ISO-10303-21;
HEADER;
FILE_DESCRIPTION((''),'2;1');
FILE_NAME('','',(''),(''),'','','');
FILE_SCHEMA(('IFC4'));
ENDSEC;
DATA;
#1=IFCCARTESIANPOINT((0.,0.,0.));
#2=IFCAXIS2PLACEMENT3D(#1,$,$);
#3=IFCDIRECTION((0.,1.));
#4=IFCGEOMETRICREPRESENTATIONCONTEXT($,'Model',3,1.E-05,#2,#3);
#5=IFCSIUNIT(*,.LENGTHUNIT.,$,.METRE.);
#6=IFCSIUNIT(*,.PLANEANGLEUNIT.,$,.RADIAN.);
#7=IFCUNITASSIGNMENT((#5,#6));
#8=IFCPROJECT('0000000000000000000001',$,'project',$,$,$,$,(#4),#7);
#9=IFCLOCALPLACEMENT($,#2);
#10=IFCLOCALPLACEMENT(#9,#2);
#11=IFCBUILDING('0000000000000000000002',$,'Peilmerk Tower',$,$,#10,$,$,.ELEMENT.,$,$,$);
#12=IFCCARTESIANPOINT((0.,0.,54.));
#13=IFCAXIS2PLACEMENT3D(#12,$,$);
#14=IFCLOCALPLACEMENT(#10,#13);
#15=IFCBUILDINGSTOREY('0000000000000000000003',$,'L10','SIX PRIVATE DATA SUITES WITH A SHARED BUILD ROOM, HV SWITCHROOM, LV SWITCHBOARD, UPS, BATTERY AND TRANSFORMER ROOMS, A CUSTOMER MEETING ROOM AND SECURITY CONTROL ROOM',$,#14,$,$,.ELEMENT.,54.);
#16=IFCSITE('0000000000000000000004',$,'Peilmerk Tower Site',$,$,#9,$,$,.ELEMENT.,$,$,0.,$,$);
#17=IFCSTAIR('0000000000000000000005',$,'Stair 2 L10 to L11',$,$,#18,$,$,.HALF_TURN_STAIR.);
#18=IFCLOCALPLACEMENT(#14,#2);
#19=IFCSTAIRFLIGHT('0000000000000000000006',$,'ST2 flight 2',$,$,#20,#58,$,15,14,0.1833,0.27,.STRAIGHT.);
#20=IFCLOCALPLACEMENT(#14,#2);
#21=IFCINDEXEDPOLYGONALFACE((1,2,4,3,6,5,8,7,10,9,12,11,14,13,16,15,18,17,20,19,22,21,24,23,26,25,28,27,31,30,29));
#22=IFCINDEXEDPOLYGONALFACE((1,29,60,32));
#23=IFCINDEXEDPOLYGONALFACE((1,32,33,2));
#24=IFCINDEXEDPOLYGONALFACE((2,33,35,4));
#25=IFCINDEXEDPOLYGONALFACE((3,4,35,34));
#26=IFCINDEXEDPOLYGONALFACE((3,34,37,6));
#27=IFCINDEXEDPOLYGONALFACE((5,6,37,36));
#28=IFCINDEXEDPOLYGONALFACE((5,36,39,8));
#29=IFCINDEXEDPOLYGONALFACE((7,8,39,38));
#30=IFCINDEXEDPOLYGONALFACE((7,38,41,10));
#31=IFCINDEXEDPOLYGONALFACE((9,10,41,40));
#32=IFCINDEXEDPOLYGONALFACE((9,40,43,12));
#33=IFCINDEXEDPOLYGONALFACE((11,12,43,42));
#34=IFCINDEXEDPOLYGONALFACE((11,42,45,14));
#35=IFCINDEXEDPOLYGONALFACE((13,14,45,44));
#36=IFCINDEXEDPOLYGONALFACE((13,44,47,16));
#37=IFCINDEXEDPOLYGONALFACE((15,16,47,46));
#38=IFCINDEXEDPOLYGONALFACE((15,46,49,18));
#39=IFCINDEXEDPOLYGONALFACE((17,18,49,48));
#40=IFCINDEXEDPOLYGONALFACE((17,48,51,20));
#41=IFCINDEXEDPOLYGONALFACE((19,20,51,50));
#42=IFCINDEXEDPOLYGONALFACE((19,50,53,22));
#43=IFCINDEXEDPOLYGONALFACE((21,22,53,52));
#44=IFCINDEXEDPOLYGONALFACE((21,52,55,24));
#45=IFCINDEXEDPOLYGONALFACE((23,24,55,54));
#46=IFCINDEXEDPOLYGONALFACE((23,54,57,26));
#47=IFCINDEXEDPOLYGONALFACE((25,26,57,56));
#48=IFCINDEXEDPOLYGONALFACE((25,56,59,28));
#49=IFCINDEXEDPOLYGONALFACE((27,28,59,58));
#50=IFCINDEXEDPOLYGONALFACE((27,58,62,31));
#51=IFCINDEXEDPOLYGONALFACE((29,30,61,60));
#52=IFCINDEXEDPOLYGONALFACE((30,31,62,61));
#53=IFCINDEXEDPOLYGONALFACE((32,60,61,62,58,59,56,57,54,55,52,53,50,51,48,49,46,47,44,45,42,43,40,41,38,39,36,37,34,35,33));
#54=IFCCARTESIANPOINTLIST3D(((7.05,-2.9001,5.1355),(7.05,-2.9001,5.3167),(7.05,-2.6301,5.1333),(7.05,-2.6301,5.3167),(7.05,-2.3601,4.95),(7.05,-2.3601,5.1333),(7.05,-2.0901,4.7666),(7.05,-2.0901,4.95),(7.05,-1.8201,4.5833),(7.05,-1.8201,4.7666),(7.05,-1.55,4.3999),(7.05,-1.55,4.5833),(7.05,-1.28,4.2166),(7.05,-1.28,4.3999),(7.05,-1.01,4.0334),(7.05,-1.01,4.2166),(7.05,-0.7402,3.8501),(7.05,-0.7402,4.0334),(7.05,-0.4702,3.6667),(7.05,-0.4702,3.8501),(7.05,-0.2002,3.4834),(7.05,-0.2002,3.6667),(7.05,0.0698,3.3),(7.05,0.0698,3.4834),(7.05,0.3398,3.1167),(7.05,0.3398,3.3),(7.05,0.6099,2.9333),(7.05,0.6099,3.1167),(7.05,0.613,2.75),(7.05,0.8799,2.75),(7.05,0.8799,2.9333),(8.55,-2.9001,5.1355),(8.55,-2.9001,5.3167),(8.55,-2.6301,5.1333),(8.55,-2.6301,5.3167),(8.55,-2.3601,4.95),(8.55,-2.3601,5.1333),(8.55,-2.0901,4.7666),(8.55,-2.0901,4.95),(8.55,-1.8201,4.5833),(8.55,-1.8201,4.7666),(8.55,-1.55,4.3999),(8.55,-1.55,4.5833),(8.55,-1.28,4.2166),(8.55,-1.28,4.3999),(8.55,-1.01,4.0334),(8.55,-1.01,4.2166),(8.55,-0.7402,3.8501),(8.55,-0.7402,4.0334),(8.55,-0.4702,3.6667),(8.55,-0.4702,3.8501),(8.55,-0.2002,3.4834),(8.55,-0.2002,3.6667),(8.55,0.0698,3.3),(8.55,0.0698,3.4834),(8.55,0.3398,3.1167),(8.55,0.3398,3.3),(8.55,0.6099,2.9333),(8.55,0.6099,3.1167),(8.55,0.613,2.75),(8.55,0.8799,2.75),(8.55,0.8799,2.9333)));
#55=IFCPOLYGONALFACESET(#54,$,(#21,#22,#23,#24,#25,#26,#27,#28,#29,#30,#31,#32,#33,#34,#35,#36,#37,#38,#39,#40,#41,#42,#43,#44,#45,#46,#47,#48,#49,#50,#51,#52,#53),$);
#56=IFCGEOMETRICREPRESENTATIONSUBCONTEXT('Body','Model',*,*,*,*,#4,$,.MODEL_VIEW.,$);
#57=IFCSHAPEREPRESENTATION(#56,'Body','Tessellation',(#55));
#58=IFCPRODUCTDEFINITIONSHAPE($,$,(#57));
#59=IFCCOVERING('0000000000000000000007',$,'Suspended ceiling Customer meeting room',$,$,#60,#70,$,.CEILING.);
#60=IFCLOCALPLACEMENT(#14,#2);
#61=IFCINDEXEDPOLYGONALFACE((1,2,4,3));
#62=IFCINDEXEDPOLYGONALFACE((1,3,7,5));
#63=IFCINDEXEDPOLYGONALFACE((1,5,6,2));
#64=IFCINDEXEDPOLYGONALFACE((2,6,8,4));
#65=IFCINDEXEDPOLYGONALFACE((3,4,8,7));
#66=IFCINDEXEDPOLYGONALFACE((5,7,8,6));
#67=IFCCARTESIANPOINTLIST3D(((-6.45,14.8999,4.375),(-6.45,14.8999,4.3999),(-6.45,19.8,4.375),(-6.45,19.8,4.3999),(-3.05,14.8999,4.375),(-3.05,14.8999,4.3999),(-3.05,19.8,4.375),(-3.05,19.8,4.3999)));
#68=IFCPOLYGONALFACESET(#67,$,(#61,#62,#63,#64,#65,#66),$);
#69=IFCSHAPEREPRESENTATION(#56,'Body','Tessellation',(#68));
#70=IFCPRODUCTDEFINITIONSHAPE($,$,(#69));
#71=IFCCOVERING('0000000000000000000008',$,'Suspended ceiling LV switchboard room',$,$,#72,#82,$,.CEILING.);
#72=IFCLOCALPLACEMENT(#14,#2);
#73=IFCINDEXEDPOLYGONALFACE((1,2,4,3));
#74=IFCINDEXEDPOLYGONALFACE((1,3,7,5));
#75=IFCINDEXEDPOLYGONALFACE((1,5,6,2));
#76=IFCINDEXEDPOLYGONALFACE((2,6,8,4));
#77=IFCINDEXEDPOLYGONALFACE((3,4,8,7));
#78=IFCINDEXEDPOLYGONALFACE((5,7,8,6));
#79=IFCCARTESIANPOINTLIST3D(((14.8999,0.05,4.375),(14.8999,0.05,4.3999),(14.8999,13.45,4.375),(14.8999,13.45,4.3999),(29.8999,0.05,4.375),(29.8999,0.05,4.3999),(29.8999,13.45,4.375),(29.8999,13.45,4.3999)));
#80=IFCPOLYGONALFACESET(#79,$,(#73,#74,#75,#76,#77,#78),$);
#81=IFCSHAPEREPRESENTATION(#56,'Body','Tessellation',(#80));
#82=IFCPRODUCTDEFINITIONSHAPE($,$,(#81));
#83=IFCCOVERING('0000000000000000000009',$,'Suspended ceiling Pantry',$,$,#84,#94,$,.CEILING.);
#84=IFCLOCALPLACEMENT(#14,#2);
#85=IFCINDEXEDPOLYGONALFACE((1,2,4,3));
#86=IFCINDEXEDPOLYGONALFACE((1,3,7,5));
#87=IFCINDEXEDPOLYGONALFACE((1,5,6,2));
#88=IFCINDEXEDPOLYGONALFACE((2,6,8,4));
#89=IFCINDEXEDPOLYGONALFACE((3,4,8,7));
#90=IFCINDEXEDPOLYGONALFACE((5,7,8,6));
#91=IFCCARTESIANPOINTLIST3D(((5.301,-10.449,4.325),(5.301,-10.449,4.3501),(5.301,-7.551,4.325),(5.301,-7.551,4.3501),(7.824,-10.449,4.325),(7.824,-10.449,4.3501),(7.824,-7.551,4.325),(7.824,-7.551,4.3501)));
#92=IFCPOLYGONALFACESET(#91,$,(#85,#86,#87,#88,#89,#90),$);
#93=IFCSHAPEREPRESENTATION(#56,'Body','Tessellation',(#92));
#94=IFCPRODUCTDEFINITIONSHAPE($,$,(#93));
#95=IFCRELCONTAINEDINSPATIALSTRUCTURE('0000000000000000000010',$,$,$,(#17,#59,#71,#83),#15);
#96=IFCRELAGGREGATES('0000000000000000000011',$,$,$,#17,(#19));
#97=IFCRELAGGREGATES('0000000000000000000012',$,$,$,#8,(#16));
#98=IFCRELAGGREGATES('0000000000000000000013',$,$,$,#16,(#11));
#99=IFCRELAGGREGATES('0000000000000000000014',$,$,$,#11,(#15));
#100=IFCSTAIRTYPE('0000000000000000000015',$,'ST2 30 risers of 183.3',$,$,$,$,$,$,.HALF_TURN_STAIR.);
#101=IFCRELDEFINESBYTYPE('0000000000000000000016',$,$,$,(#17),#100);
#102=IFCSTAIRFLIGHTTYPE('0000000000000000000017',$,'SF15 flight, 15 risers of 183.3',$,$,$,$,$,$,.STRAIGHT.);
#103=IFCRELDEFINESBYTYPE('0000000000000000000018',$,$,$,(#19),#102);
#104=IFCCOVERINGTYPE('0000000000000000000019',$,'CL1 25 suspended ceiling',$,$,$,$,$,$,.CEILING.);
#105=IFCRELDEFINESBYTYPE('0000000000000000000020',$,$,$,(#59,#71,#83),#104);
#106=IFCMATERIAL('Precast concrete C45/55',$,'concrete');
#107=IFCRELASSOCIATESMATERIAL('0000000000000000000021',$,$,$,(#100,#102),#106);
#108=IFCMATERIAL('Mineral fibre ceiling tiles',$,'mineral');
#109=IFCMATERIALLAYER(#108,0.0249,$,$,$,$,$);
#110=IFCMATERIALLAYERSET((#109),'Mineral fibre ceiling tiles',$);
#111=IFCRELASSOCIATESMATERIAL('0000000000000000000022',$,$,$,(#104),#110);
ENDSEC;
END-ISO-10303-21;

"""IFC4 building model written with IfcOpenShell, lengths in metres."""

from ifc_helpers import new_model, si_unit, direction, frame, origin, place, context, subcontext, project, spatial, polyline, outline, extrude, material, layer, layer_set, type_object, element, aggregate, save


model = new_model("IFC4")

# Units and contexts
model_context = context("Model", 3, precision=1e-05, world=origin(), true_north=direction((0.0, 1.0)))
body_context = subcontext(model_context, "Body", "Model", "MODEL_VIEW")
ifc_project = project(units=[si_unit("LENGTHUNIT", "METRE"), si_unit("PLANEANGLEUNIT", "RADIAN")], contexts=[model_context])

# Site, building, storey
site_placement = place(None, origin())
site = spatial("IfcSite", under=ifc_project, at=site_placement, Name="Peilmerk Tower Site", CompositionType="ELEMENT", RefElevation=0.0)
building_placement = place(site_placement, origin())
building = spatial("IfcBuilding", under=site, at=building_placement, Name="Peilmerk Tower", CompositionType="ELEMENT")
storey_placement = place(building_placement, frame((0.0, 0.0, 54.0)))
storey = spatial("IfcBuildingStorey", under=building, at=storey_placement, Name="L10", Description="SIX PRIVATE DATA SUITES WITH A SHARED BUILD ROOM, HV SWITCHROOM, LV SWITCHBOARD, UPS, BATTERY AND TRANSFORMER ROOMS, A CUSTOMER MEETING ROOM AND SECURITY CONTROL ROOM", CompositionType="ELEMENT", Elevation=54.0)

# Stair, stair flight
ifc_material_1 = material(Name="Precast concrete C45/55", Category="concrete")
stair_type = type_object("IfcStairType", Name="ST2 30 risers of 183.3", PredefinedType="HALF_TURN_STAIR", material=ifc_material_1)
stair_placement = place(storey_placement, origin())
stair = element("IfcStair", 1, at=stair_placement, inside=storey, type_object=stair_type, Name="Stair 2 L10 to L11", PredefinedType="HALF_TURN_STAIR")
stair_flight_type = type_object("IfcStairFlightType", Name="SF15 flight, 15 risers of 183.3", PredefinedType="STRAIGHT", material=ifc_material_1)
stair_flight_placement = place(storey_placement, frame((7.8, 0.8799, 2.75), z_axis=(0.0, 0.0, 1.0), x_axis=(0.0, -1.0, 0.0)))
stair_flight = element("IfcStairFlight", 2, at=stair_flight_placement, type_object=stair_flight_type, Name="ST2 flight 2", NumberOfRisers=15, NumberOfTreads=14, PredefinedType="STRAIGHT", RiserHeight=0.1833, TreadLength=0.27, context=body_context, shape_type="SweptSolid", body=[
    extrude(outline(polyline([(0.0, 0.0), (0.0, 0.1833), (0.27, 0.1833), (0.27, 0.3667), (0.54, 0.3667), (0.54, 0.55), (0.8101, 0.55), (0.8101, 0.7334), (1.0801, 0.7334), (1.0801, 0.9167), (1.3501, 0.9167), (1.3501, 1.1001), (1.6201, 1.1001), (1.6201, 1.2834), (1.8899, 1.2834), (1.8899, 1.4666), (2.1599, 1.4666), (2.1599, 1.6499), (2.4299, 1.6499), (2.4299, 1.8333), (2.7, 1.8333), (2.7, 2.0166), (2.97, 2.0166), (2.97, 2.2), (3.24, 2.2), (3.24, 2.3833), (3.51, 2.3833), (3.51, 2.5667), (3.78, 2.5667), (3.78, 2.75), (3.78, 2.3855), (0.2668, 0.0), (0.0, 0.0)])), frame((0.0, 0.75, 0.0), z_axis=(0.0, -1.0, 0.0), x_axis=(1.0, 0.0, 0.0)), (0.0, 0.0, 1.0), 1.5),
])
aggregate(stair, [stair_flight])

# Coverings
ifc_material_2 = material(Name="Mineral fibre ceiling tiles", Category="mineral")
ifc_layer_1 = layer(ifc_material_2, 0.0249)
ifc_layer_set_1 = layer_set([ifc_layer_1], Name="Mineral fibre ceiling tiles")
covering_type_1 = type_object("IfcCoveringType", Name="CL1 25 suspended ceiling", PredefinedType="CEILING", material=ifc_layer_set_1)
covering_1_placement = place(storey_placement, frame((0.0, 0.0, 4.375)))
element("IfcCovering", 3, at=covering_1_placement, inside=storey, type_object=covering_type_1, Name="Suspended ceiling Customer meeting room", PredefinedType="CEILING", context=body_context, shape_type="SweptSolid", body=[
    extrude(outline(polyline([(-3.05, 14.8999), (-3.05, 19.8), (-6.45, 19.8), (-6.45, 14.8999), (-3.05, 14.8999)])), origin(), (0.0, 0.0, 1.0), 0.0249),
])
covering_2_placement = place(storey_placement, frame((0.0, 0.0, 4.375)))
element("IfcCovering", 4, at=covering_2_placement, inside=storey, type_object=covering_type_1, Name="Suspended ceiling LV switchboard room", PredefinedType="CEILING", context=body_context, shape_type="SweptSolid", body=[
    extrude(outline(polyline([(29.8999, 0.05), (29.8999, 13.45), (14.8999, 13.45), (14.8999, 0.05), (29.8999, 0.05)])), origin(), (0.0, 0.0, 1.0), 0.0249),
])
covering_3_placement = place(storey_placement, frame((0.0, 0.0, 4.325)))
element("IfcCovering", 5, at=covering_3_placement, inside=storey, type_object=covering_type_1, Name="Suspended ceiling Pantry", PredefinedType="CEILING", context=body_context, shape_type="SweptSolid", body=[
    extrude(outline(polyline([(7.824, -10.449), (7.824, -7.551), (5.301, -7.551), (5.301, -10.449), (7.824, -10.449)])), origin(), (0.0, 0.0, 1.0), 0.0251),
])

save(model, "model.ifc")
